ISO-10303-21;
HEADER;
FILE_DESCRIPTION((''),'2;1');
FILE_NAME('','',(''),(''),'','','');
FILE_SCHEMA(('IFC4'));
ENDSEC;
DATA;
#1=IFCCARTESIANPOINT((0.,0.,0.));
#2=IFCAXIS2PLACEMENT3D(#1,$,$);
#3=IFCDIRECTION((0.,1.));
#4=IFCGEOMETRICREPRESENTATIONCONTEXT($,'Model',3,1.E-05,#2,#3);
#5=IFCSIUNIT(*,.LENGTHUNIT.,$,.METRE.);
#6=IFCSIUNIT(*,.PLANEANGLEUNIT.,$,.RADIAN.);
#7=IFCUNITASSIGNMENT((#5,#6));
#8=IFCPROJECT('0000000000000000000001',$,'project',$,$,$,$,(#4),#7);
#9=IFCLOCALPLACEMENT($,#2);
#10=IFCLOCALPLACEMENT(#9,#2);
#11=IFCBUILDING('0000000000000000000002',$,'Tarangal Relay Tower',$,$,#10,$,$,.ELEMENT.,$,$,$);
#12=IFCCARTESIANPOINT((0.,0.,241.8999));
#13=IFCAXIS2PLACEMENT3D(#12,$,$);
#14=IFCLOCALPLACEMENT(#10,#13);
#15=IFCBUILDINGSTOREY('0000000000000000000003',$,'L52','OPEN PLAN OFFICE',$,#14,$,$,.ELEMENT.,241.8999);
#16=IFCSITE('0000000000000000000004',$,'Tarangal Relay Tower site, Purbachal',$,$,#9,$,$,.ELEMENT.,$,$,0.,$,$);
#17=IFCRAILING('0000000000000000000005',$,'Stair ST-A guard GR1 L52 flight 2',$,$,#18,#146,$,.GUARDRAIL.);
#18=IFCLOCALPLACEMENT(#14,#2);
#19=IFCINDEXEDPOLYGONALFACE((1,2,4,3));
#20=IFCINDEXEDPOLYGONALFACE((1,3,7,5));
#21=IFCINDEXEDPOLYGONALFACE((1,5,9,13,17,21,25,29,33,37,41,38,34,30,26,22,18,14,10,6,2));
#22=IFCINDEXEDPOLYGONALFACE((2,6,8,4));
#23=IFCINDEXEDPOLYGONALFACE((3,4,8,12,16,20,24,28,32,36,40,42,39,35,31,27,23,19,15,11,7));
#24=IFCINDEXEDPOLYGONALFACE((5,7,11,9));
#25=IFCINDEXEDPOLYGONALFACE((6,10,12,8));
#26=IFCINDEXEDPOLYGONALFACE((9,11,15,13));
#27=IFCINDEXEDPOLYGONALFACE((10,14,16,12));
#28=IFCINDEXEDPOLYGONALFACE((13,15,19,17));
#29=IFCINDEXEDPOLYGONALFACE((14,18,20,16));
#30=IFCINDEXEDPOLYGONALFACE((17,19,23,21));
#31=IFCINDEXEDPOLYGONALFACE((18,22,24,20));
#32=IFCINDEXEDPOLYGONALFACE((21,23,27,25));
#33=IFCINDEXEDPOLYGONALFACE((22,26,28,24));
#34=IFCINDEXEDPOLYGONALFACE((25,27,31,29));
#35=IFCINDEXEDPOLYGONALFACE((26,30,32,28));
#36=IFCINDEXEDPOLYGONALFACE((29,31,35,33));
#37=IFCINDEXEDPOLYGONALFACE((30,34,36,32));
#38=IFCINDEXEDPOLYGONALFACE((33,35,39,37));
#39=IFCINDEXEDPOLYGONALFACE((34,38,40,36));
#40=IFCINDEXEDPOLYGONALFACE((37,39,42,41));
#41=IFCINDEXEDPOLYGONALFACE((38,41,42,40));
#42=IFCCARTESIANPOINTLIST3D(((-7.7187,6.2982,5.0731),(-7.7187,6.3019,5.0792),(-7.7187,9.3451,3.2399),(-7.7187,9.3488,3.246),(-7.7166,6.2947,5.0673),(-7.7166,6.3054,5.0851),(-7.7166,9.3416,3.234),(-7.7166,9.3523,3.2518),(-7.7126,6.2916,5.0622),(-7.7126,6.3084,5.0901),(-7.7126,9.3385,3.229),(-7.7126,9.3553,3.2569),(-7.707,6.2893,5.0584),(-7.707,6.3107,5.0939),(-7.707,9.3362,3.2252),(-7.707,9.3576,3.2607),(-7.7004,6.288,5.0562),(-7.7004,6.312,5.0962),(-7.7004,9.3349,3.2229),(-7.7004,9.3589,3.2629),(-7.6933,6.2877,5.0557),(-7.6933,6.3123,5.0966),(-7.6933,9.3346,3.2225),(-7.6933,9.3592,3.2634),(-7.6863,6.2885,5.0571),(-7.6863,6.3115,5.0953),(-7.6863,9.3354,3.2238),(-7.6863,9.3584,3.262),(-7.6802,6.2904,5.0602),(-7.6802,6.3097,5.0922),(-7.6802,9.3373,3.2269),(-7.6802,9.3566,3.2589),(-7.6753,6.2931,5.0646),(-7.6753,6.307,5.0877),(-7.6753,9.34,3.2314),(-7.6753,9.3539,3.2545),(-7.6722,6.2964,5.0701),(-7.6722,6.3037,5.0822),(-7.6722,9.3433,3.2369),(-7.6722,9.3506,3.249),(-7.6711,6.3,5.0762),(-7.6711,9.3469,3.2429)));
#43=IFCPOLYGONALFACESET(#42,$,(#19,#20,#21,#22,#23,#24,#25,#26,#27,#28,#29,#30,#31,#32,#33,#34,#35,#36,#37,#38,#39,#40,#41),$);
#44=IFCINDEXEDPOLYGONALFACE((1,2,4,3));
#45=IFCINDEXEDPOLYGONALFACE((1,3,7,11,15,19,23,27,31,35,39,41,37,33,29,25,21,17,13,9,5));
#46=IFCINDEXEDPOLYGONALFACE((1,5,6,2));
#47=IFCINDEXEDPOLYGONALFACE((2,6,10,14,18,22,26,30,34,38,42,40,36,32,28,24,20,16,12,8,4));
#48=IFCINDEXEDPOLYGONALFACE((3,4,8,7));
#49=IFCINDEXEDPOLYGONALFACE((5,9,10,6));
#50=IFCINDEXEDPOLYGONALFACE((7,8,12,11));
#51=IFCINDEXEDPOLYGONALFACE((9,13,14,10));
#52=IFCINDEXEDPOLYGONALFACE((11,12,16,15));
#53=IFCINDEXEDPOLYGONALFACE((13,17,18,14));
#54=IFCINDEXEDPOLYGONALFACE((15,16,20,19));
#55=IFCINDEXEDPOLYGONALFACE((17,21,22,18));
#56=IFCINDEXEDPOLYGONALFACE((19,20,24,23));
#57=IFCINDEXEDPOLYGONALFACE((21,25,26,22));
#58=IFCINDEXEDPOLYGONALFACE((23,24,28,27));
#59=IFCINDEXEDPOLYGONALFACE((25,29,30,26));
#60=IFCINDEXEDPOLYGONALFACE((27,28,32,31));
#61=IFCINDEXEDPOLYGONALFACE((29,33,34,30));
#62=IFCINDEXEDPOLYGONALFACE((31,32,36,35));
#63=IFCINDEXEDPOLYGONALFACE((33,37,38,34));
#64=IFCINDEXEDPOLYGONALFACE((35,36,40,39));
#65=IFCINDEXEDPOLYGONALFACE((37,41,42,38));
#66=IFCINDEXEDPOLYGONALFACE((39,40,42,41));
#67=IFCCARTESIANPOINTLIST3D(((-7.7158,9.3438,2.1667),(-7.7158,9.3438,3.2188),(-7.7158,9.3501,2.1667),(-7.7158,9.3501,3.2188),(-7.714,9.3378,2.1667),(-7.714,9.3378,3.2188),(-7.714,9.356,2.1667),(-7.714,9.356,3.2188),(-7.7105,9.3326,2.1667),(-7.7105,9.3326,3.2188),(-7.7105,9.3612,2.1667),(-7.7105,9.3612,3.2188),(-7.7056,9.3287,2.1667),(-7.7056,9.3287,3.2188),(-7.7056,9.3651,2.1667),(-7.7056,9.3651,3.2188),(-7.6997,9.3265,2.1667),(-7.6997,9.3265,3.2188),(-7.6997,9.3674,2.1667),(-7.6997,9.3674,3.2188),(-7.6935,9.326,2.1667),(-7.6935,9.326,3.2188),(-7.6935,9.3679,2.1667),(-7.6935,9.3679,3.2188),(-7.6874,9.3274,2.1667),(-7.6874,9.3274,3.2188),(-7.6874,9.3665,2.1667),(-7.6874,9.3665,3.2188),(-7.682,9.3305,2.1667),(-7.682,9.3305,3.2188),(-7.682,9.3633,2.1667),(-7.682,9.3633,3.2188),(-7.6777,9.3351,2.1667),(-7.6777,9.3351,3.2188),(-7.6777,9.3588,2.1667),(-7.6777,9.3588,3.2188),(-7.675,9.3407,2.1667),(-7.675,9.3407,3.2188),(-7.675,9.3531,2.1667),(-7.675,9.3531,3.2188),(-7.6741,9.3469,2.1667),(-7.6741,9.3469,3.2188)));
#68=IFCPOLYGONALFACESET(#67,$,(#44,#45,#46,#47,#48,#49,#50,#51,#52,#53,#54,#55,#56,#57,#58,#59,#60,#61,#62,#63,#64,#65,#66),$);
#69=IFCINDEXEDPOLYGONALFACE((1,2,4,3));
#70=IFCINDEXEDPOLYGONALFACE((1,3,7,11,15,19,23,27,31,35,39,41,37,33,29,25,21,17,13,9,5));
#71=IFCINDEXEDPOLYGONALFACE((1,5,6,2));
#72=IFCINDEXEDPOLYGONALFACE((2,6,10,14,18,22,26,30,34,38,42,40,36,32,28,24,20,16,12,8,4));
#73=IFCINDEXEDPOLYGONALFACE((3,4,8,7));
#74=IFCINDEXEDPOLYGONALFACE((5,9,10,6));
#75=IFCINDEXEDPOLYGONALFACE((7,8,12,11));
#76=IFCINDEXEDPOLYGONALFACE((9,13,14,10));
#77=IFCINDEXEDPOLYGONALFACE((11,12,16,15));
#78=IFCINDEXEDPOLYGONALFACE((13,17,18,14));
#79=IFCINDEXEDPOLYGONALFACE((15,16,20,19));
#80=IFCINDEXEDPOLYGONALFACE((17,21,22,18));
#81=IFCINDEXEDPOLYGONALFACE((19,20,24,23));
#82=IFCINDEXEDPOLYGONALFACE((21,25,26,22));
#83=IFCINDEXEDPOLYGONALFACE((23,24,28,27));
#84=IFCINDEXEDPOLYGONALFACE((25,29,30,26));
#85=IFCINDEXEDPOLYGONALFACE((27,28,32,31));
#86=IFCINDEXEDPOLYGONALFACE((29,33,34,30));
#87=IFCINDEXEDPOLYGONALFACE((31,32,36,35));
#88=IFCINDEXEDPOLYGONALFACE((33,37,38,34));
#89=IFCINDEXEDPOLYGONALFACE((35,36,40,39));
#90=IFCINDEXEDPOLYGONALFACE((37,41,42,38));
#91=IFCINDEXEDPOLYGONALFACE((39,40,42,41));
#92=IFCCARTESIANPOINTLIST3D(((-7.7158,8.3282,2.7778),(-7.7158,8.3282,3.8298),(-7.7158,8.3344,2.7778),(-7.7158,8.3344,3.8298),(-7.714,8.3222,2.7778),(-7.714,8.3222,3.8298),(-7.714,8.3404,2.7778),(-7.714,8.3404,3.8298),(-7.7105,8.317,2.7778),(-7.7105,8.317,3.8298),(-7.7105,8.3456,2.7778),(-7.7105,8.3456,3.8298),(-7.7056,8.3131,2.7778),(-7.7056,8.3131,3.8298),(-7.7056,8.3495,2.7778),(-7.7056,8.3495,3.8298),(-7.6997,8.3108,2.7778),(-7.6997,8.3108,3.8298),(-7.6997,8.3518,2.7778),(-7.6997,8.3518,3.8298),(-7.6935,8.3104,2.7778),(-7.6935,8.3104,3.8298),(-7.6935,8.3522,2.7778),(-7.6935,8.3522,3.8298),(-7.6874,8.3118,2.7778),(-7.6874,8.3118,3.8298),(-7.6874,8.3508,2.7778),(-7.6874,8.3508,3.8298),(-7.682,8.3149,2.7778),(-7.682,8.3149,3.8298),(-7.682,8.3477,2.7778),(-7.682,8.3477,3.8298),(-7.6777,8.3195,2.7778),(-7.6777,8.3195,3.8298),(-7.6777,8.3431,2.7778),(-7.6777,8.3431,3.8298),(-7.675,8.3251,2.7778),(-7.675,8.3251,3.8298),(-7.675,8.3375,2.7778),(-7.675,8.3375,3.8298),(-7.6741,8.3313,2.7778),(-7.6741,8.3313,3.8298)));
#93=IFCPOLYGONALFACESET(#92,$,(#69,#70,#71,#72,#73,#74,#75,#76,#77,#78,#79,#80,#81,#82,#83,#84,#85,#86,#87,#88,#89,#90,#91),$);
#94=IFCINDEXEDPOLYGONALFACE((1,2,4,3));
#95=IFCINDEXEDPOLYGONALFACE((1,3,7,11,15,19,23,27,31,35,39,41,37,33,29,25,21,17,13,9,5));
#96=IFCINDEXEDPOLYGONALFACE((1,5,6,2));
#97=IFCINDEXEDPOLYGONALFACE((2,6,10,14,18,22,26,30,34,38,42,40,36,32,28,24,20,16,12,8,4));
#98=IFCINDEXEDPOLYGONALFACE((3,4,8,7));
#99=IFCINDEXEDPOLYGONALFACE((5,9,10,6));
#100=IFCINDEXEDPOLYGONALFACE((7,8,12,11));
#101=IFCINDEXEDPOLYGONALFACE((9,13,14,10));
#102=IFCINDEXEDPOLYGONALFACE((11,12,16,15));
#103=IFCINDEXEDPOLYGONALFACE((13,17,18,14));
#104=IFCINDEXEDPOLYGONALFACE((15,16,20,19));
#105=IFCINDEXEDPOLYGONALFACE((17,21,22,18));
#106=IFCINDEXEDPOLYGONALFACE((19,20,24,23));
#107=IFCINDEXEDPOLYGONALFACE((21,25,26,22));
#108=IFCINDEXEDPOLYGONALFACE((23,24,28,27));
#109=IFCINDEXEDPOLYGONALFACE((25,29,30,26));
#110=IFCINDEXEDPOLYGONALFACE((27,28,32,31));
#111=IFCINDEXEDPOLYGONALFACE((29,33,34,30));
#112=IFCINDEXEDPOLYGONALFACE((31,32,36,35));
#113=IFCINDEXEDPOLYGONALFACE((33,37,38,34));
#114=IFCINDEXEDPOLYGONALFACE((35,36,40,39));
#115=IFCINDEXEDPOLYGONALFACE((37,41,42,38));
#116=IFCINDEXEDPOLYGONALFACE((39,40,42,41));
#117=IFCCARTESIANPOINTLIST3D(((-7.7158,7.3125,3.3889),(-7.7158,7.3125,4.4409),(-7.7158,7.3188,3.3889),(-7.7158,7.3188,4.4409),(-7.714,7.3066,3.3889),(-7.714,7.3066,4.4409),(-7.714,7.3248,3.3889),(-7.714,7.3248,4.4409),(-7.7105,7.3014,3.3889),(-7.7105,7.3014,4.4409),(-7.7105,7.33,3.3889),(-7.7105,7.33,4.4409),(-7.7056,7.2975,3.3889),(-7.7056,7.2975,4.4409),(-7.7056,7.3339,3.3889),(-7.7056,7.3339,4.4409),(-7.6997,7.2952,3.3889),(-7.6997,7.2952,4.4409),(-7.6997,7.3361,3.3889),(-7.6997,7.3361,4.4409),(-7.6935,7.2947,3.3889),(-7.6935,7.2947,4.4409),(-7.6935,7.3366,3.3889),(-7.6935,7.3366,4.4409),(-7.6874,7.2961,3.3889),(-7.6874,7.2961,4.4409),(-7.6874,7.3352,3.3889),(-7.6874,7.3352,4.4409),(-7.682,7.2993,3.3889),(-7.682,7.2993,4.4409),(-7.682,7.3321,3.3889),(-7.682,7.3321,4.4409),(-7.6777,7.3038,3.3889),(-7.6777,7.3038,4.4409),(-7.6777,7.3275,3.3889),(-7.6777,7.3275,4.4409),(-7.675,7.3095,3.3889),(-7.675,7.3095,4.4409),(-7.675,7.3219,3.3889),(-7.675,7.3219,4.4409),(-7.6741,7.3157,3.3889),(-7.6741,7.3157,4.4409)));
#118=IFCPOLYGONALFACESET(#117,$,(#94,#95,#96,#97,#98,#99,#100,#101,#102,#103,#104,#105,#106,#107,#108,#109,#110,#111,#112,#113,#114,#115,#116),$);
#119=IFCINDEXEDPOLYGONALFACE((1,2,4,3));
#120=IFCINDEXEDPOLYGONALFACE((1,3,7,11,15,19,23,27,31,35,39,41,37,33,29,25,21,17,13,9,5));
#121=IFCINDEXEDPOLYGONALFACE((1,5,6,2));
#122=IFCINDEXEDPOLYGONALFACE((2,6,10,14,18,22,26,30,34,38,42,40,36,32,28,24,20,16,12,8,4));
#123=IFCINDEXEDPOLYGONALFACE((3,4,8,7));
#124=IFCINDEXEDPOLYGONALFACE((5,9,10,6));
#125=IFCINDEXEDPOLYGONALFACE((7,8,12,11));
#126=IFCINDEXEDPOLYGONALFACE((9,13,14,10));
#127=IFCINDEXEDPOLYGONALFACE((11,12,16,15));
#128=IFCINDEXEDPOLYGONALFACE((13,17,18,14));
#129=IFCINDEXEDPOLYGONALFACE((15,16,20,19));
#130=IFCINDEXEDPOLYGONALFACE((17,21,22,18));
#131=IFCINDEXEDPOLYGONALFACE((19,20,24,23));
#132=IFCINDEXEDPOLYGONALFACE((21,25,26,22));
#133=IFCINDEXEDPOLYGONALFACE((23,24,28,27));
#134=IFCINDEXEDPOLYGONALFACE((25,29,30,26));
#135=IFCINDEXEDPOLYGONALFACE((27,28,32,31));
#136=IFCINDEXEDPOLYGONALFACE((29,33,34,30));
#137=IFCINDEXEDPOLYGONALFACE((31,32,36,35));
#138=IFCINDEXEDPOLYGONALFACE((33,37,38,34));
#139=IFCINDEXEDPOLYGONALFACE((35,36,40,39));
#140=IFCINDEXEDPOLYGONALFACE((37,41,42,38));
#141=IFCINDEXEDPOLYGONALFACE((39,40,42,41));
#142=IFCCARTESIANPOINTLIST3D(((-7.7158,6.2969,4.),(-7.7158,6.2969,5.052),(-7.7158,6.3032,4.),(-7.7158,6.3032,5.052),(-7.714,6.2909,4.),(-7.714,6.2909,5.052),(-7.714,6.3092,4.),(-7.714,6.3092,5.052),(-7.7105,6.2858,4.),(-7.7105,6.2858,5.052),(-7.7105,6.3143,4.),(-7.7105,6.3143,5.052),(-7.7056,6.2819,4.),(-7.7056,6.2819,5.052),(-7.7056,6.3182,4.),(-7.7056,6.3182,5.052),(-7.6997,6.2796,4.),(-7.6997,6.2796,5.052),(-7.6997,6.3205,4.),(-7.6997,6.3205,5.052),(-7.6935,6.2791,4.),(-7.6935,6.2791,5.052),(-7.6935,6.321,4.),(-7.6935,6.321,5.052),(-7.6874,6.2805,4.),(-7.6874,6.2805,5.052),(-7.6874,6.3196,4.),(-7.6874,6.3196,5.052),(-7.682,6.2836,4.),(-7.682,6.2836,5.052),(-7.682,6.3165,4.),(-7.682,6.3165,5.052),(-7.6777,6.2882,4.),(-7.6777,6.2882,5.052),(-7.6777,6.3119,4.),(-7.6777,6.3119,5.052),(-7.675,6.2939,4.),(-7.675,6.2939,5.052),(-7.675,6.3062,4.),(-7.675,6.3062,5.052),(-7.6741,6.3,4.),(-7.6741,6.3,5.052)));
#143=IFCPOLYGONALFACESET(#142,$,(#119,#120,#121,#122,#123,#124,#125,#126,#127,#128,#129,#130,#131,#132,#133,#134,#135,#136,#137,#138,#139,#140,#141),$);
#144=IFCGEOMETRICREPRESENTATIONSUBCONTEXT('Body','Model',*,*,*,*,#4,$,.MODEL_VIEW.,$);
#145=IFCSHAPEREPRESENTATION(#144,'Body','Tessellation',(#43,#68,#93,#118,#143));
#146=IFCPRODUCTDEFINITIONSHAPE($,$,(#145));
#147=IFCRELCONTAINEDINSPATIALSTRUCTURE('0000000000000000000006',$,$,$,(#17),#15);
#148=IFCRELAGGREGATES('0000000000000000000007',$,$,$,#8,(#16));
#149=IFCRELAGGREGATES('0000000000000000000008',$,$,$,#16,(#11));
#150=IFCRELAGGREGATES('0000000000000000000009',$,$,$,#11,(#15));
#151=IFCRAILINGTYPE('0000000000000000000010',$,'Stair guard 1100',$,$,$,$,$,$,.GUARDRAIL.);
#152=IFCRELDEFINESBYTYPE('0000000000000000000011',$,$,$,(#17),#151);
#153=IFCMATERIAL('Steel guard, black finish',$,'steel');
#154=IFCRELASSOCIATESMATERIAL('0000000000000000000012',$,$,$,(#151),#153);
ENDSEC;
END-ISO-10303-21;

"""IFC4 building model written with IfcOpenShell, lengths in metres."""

from ifc_helpers import new_model, si_unit, direction, frame, origin, origin_2d, place, context, subcontext, project, spatial, circle, extrude, material, type_object, element, save


model = new_model("IFC4")

# Units and contexts
model_context = context("Model", 3, precision=1e-05, world=origin(), true_north=direction((0.0, 1.0)))
body_context = subcontext(model_context, "Body", "Model", "MODEL_VIEW")
ifc_project = project(units=[si_unit("LENGTHUNIT", "METRE"), si_unit("PLANEANGLEUNIT", "RADIAN")], contexts=[model_context])

# Site, building, storey
site_placement = place(None, origin())
site = spatial("IfcSite", under=ifc_project, at=site_placement, Name="Tarangal Relay Tower site, Purbachal", CompositionType="ELEMENT", RefElevation=0.0)
building_placement = place(site_placement, origin())
building = spatial("IfcBuilding", under=site, at=building_placement, Name="Tarangal Relay Tower", CompositionType="ELEMENT")
storey_placement = place(building_placement, frame((0.0, 0.0, 241.8999)))
storey = spatial("IfcBuildingStorey", under=building, at=storey_placement, Name="L52", Description="OPEN PLAN OFFICE", CompositionType="ELEMENT", Elevation=241.8999)

# Railing
ifc_material_1 = material(Name="Steel guard, black finish", Category="steel")
railing_type_1 = type_object("IfcRailingType", Name="Stair guard 1100", PredefinedType="GUARDRAIL", material=ifc_material_1)
railing_1_placement = place(storey_placement, frame((-7.6951, 9.3469, 2.1667)))
element("IfcRailing", 1, at=railing_1_placement, inside=storey, type_object=railing_type_1, Name="Stair ST-A guard GR1 L52 flight 2", PredefinedType="GUARDRAIL", context=body_context, shape_type="SweptSolid", body=[
    extrude(circle(Radius=0.0239, at=origin_2d()), frame((0.0, 0.0, 1.0762), z_axis=(0.0, -0.856856, 0.515556), x_axis=(1.0, 0.0, 0.0)), (0.0, 0.0, 1.0), 3.5559),
    extrude(circle(Radius=0.021, at=origin_2d()), origin(), (0.0, 0.0, 1.0), 1.052),
    extrude(circle(Radius=0.021, at=origin_2d()), frame((0.0, -1.0156, 0.6111)), (0.0, 0.0, 1.0), 1.052),
    extrude(circle(Radius=0.021, at=origin_2d()), frame((0.0, -2.0312, 1.2222)), (0.0, 0.0, 1.0), 1.052),
    extrude(circle(Radius=0.021, at=origin_2d()), frame((0.0, -3.0469, 1.8333)), (0.0, 0.0, 1.0), 1.052),
])

save(model, "model.ifc")
